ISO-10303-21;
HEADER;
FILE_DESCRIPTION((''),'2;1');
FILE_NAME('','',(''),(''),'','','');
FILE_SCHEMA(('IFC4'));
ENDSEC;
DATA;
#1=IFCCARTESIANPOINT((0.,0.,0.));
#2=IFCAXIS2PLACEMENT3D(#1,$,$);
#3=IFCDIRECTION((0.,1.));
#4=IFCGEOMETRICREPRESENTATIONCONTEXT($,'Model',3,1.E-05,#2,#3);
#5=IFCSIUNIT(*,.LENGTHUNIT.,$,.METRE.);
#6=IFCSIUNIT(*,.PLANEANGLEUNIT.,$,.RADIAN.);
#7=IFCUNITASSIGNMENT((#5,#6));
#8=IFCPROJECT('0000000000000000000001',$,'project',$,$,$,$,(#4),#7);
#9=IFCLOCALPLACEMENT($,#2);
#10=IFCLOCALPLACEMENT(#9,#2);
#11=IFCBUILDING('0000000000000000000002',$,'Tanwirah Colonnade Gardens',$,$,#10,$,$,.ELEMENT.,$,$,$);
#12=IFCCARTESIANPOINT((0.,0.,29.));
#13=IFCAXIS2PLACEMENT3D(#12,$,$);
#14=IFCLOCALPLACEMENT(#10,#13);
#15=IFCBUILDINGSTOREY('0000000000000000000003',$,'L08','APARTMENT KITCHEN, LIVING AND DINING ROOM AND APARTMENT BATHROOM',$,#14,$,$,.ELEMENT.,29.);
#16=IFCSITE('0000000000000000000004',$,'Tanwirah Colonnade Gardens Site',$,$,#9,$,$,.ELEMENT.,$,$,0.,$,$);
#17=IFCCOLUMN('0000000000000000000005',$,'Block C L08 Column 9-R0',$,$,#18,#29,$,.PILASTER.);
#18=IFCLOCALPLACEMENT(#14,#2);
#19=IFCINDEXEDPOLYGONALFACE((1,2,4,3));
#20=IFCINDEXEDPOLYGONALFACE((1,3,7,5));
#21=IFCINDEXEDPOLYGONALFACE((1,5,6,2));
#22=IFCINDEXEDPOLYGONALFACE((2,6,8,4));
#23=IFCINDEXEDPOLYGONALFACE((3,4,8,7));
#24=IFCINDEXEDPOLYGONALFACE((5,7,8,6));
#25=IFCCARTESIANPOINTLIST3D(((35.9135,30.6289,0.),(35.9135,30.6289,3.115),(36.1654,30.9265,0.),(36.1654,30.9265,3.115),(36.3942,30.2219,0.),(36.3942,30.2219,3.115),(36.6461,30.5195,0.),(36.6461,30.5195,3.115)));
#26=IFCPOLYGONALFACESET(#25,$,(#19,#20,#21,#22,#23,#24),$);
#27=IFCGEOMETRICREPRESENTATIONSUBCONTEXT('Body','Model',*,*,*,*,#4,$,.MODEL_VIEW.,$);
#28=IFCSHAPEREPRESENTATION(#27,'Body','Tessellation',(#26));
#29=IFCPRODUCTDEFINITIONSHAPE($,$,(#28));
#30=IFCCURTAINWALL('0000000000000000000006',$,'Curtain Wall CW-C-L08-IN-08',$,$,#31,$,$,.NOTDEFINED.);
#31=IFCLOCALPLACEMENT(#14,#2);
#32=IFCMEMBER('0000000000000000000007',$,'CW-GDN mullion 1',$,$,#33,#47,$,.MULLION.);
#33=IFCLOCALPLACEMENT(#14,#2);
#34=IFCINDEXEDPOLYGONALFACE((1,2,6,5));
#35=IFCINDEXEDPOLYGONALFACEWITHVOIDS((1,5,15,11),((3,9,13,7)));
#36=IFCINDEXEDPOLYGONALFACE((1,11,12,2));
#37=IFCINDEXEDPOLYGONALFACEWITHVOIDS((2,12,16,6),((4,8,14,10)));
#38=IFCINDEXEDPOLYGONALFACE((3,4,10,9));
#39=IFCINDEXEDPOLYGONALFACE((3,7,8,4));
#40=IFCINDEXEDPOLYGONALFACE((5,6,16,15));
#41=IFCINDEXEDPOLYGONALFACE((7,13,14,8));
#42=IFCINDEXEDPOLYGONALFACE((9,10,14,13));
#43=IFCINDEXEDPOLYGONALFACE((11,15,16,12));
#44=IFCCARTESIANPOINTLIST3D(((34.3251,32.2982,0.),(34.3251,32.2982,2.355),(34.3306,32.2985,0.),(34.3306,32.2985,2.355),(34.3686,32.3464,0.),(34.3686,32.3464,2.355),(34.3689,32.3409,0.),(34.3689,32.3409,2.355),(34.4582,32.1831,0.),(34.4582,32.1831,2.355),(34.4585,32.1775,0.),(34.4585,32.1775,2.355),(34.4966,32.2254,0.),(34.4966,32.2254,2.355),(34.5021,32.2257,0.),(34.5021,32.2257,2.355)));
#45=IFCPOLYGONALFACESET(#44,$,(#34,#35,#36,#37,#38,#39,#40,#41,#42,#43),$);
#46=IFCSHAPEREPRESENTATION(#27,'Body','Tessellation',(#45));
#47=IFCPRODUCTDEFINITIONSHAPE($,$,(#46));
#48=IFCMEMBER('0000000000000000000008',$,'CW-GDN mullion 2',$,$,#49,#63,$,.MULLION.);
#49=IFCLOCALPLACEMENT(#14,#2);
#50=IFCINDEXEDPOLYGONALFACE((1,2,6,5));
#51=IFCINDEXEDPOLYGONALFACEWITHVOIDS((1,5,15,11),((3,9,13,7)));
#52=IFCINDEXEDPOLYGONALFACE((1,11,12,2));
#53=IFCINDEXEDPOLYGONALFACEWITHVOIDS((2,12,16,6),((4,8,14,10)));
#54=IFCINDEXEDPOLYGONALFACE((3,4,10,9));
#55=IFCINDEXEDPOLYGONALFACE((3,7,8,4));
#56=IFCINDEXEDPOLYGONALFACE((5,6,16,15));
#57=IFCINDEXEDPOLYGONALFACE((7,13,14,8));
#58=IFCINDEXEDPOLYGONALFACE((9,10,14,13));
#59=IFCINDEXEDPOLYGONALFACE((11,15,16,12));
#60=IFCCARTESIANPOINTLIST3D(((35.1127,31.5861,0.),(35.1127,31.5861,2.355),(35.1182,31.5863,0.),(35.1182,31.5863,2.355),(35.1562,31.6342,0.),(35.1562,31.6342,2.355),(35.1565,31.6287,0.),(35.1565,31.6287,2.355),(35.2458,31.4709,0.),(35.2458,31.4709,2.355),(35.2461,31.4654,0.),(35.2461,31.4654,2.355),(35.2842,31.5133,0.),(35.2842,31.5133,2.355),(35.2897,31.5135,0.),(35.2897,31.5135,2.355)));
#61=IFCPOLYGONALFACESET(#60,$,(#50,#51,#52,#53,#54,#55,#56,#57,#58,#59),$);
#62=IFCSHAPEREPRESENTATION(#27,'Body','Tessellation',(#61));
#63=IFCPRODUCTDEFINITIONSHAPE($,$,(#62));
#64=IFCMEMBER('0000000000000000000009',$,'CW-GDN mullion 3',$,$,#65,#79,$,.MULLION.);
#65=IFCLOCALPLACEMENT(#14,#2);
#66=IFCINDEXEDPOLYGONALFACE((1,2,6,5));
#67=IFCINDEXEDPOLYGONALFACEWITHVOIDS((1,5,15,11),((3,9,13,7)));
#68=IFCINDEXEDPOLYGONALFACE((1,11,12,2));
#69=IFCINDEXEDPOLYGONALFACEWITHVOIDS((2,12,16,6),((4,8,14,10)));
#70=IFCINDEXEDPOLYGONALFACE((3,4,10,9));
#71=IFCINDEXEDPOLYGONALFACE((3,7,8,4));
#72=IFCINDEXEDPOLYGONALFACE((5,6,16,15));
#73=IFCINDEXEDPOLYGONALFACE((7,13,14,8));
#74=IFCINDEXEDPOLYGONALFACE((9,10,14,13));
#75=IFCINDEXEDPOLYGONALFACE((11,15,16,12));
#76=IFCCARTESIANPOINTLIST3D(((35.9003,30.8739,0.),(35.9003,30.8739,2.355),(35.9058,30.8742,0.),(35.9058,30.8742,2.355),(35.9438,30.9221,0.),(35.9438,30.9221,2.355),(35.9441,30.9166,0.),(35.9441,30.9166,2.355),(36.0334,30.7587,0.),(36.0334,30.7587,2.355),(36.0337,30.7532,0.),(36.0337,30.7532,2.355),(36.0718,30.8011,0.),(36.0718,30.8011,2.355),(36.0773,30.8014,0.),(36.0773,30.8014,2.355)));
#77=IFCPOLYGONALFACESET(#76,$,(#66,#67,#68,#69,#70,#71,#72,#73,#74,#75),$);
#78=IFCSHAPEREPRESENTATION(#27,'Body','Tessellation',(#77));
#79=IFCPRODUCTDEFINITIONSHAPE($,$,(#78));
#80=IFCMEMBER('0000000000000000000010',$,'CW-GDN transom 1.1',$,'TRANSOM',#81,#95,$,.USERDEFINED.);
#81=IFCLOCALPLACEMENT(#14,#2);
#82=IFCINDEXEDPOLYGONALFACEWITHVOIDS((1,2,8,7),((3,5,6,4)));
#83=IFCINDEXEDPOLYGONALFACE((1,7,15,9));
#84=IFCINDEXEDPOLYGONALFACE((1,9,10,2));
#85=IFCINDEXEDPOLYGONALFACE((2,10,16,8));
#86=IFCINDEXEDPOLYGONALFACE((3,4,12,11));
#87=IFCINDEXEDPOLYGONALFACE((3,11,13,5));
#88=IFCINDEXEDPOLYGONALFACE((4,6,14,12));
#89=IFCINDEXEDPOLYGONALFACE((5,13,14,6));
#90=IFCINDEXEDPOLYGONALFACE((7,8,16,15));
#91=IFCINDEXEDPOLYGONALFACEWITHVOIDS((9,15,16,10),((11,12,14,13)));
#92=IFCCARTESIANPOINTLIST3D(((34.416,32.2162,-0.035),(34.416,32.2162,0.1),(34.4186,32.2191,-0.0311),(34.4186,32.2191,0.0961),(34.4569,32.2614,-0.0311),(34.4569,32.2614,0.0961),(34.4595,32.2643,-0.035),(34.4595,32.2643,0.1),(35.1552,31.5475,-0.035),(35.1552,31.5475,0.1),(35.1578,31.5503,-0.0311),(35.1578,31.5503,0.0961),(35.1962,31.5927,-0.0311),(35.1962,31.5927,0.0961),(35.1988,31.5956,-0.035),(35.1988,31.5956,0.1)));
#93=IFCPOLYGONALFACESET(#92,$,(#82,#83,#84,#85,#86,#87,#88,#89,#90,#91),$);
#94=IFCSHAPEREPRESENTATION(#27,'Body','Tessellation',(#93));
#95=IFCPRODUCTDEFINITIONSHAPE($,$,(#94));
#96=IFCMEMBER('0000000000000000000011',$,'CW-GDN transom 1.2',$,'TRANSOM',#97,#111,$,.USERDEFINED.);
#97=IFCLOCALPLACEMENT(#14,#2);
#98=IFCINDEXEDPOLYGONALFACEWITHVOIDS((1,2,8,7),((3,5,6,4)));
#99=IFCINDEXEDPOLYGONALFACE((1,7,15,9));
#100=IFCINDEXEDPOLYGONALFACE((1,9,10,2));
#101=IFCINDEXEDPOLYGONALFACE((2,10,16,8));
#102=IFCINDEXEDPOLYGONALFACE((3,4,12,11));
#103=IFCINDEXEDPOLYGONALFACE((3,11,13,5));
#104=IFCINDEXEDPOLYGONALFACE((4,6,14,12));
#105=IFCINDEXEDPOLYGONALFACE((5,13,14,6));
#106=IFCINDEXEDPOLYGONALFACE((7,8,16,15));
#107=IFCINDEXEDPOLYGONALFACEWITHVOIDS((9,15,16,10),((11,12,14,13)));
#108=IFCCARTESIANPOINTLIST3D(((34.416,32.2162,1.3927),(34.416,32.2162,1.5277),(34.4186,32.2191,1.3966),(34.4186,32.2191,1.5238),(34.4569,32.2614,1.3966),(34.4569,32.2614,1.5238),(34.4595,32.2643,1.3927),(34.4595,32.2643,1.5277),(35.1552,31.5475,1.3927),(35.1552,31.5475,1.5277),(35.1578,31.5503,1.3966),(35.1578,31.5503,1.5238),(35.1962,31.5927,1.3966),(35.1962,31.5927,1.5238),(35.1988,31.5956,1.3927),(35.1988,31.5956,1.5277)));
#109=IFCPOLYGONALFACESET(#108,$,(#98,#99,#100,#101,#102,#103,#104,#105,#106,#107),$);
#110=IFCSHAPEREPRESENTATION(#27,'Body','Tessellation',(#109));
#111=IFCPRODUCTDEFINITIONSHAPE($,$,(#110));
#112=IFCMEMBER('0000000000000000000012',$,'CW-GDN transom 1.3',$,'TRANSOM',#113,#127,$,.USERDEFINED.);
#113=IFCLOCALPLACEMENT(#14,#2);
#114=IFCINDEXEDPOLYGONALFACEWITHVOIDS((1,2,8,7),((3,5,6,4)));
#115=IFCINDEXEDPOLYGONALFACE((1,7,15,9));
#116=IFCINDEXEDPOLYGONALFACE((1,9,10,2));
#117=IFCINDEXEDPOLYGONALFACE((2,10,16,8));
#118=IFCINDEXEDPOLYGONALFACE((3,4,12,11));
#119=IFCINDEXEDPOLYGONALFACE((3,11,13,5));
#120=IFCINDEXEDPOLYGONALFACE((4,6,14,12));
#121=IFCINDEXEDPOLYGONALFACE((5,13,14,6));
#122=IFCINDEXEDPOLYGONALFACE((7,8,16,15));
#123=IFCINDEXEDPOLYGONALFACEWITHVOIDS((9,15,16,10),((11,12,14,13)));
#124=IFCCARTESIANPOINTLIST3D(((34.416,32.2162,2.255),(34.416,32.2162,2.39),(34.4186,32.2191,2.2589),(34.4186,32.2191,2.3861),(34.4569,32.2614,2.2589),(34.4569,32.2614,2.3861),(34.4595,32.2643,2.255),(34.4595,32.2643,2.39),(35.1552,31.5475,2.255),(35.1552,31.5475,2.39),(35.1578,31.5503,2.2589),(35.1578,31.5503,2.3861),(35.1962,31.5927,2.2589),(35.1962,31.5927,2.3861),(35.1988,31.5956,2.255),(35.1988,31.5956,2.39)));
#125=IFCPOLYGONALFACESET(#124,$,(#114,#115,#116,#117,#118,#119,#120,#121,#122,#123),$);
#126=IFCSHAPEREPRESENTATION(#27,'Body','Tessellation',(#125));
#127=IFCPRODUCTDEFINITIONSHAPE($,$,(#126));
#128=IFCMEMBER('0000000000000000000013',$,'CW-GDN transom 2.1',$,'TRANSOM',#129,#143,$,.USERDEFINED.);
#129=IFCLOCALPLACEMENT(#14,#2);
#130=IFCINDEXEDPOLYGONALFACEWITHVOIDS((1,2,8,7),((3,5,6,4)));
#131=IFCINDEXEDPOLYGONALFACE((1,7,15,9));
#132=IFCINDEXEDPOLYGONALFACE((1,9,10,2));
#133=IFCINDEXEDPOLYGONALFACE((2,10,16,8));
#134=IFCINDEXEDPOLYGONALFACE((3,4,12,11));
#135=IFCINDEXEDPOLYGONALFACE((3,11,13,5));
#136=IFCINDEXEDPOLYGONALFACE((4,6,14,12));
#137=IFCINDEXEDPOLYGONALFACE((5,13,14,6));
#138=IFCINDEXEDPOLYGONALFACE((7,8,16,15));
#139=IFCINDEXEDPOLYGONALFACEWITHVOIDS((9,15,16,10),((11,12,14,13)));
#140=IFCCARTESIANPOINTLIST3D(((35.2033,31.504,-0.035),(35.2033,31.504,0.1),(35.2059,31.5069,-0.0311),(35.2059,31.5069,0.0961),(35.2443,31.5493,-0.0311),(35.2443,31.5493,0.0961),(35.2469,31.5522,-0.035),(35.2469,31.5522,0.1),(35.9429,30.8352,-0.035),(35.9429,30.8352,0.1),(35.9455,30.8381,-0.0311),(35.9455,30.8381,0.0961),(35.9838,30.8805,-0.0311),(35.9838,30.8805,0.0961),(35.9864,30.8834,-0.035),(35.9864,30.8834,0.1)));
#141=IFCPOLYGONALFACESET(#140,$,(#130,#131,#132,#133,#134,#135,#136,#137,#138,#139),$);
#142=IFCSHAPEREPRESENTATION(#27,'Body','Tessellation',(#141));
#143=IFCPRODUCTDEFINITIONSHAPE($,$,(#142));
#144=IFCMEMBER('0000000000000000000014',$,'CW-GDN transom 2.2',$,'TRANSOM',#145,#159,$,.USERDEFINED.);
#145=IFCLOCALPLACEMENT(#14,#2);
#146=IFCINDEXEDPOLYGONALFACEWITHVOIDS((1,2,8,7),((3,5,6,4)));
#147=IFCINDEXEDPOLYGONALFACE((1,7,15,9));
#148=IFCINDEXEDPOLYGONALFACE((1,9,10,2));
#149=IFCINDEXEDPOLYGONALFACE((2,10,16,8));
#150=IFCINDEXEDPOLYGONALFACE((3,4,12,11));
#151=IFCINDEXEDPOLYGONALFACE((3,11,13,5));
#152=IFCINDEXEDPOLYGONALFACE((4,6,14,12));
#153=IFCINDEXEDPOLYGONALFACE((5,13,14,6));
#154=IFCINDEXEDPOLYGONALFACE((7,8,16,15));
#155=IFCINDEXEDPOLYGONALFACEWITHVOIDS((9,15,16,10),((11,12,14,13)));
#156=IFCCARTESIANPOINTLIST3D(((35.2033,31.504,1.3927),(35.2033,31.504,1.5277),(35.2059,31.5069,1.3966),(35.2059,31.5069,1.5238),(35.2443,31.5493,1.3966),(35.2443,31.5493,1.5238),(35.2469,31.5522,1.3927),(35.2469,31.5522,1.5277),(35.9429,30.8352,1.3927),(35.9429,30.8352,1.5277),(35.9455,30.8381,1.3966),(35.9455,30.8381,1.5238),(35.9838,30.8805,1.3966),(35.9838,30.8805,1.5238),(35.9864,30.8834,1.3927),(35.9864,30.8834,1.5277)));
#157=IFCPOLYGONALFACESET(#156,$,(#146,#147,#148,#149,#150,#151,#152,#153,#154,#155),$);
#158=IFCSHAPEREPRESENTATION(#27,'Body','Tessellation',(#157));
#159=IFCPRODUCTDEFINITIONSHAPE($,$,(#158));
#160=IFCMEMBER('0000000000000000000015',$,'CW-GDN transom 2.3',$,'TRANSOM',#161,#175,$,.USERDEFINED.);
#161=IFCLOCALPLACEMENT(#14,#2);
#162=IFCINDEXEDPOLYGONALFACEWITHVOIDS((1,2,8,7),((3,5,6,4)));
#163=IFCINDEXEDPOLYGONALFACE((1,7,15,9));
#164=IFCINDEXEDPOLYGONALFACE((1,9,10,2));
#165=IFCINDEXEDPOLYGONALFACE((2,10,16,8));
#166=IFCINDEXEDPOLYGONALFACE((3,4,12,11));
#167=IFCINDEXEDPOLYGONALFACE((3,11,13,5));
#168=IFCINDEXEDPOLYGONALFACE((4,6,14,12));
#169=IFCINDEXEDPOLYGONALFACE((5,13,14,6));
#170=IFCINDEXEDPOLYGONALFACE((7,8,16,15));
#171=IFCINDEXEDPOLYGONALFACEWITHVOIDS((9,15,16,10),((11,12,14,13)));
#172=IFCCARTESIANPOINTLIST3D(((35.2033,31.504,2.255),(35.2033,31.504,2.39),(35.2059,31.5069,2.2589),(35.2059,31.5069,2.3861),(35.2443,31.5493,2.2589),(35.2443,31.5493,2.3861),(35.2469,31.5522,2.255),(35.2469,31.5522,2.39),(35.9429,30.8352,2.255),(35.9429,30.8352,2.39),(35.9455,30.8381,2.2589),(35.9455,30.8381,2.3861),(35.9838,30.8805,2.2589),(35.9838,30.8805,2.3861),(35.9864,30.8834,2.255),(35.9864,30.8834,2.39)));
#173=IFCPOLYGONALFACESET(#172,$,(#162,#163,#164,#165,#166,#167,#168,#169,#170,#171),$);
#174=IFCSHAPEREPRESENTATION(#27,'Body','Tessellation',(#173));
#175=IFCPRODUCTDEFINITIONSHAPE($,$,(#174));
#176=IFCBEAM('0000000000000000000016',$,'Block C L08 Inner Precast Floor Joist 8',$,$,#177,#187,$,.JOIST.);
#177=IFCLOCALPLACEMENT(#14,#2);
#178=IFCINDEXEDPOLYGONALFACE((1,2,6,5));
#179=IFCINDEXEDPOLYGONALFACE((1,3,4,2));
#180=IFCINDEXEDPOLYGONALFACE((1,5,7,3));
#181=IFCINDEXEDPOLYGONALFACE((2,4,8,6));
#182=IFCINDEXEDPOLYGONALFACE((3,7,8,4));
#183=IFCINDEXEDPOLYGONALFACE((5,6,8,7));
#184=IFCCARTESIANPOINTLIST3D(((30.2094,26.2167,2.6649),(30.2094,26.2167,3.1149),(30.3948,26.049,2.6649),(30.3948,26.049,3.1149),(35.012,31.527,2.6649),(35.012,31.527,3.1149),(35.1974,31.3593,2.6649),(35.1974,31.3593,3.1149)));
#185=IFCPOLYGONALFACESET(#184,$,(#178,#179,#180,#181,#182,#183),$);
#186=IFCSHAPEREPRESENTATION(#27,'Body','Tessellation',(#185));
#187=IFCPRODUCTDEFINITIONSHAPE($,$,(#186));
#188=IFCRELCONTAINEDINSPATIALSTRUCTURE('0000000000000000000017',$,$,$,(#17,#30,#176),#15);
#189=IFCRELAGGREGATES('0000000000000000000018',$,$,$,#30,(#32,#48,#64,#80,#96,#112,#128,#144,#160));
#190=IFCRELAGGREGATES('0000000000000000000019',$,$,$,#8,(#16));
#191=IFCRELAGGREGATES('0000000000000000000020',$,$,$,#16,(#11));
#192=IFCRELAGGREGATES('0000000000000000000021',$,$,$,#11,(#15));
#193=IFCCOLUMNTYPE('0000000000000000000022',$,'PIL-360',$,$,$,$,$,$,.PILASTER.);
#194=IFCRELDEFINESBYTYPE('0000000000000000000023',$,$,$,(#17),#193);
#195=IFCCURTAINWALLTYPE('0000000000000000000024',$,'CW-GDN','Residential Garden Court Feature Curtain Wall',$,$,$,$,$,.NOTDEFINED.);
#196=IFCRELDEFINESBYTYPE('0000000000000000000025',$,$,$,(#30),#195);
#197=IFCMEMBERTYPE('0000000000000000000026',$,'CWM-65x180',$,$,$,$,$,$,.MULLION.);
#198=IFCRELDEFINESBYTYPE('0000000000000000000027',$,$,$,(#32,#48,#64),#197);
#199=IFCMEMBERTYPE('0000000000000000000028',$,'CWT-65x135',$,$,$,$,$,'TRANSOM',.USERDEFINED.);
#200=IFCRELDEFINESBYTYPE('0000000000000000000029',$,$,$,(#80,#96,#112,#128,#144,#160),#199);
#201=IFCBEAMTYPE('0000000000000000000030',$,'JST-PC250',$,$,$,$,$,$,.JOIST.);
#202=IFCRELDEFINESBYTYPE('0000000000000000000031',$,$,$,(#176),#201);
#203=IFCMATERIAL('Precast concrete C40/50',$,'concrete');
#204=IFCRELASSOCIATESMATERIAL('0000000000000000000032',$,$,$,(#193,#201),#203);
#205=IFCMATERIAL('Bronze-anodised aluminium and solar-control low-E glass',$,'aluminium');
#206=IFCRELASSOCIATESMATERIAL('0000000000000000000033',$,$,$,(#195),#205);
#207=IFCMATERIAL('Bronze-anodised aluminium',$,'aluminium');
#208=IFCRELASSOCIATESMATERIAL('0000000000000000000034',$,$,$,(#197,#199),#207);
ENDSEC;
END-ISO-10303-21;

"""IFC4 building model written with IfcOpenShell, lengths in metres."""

from ifc_helpers import new_model, si_unit, direction, frame, origin, origin_2d, place, context, subcontext, project, spatial, rectangle, hollow_rectangle, extrude, material, material_profile, profile_set, type_object, element, aggregate, save


model = new_model("IFC4")

# Units and contexts
model_context = context("Model", 3, precision=1e-05, world=origin(), true_north=direction((0.0, 1.0)))
body_context = subcontext(model_context, "Body", "Model", "MODEL_VIEW")
ifc_project = project(units=[si_unit("LENGTHUNIT", "METRE"), si_unit("PLANEANGLEUNIT", "RADIAN")], contexts=[model_context])

# Site, building, storey
site_placement = place(None, origin())
site = spatial("IfcSite", under=ifc_project, at=site_placement, Name="Tanwirah Colonnade Gardens Site", CompositionType="ELEMENT", RefElevation=0.0)
building_placement = place(site_placement, origin())
building = spatial("IfcBuilding", under=site, at=building_placement, Name="Tanwirah Colonnade Gardens", CompositionType="ELEMENT")
storey_placement = place(building_placement, frame((0.0, 0.0, 29.0)))
storey = spatial("IfcBuildingStorey", under=building, at=storey_placement, Name="L08", Description="APARTMENT KITCHEN, LIVING AND DINING ROOM AND APARTMENT BATHROOM", CompositionType="ELEMENT", Elevation=29.0)

# Column
ifc_material_1 = material(Name="Precast concrete C40/50", Category="concrete")
ifc_material_profile_1 = material_profile(ifc_material_1, rectangle(XDim=0.3899, YDim=0.6299, at=origin_2d()), Name="PC-PIL 390x630")
ifc_profile_set_1 = profile_set([ifc_material_profile_1], Name="Precast concrete C40/50")
column_type = type_object("IfcColumnType", Name="PIL-360", PredefinedType="PILASTER", material=ifc_profile_set_1)
column_placement = place(storey_placement, frame((36.2798, 30.5742, 0.0), z_axis=(0.0, 0.0, 1.0), x_axis=(-0.646124, -0.763232, 0.0)))
element("IfcColumn", 1, at=column_placement, inside=storey, type_object=column_type, Name="Block C L08 Column 9-R0", PredefinedType="PILASTER", context=body_context, shape_type="SweptSolid", body=[
    extrude(rectangle(XDim=0.3899, YDim=0.6299, at=origin_2d()), origin(), (0.0, 0.0, 1.0), 3.115),
])

# Curtain wall, members
ifc_material_2 = material(Name="Bronze-anodised aluminium and solar-control low-E glass", Category="aluminium")
curtain_wall_type = type_object("IfcCurtainWallType", Name="CW-GDN", Description="Residential Garden Court Feature Curtain Wall", PredefinedType="NOTDEFINED", material=ifc_material_2)
curtain_wall_placement = place(storey_placement, origin())
curtain_wall = element("IfcCurtainWall", 2, at=curtain_wall_placement, inside=storey, type_object=curtain_wall_type, Name="Curtain Wall CW-C-L08-IN-08", PredefinedType="NOTDEFINED")
ifc_material_3 = material(Name="Bronze-anodised aluminium", Category="aluminium")
ifc_material_profile_2 = material_profile(ifc_material_3, hollow_rectangle(XDim=0.0649, YDim=0.1799, WallThickness=0.0039, at=origin_2d()), Name="CW-MUL 65x180x4")
ifc_profile_set_2 = profile_set([ifc_material_profile_2], Name="Bronze-anodised aluminium")
member_type_1 = type_object("IfcMemberType", Name="CWM-65x180", PredefinedType="MULLION", material=ifc_profile_set_2)
member_1_placement = place(storey_placement, frame((34.4136, 32.262, 0.0), z_axis=(0.0, 0.0, 1.0), x_axis=(0.670751, 0.741683, 0.0)))
member_1 = element("IfcMember", 3, at=member_1_placement, type_object=member_type_1, Name="CW-GDN mullion 1", PredefinedType="MULLION", context=body_context, shape_type="SweptSolid", body=[
    extrude(hollow_rectangle(XDim=0.0649, YDim=0.1799, WallThickness=0.0039, at=origin_2d()), origin(), (0.0, 0.0, 1.0), 2.355),
])
member_2_placement = place(storey_placement, frame((35.2012, 31.5498, 0.0), z_axis=(0.0, 0.0, 1.0), x_axis=(0.670751, 0.741683, 0.0)))
member_2 = element("IfcMember", 4, at=member_2_placement, type_object=member_type_1, Name="CW-GDN mullion 2", PredefinedType="MULLION", context=body_context, shape_type="SweptSolid", body=[
    extrude(hollow_rectangle(XDim=0.0649, YDim=0.1799, WallThickness=0.0039, at=origin_2d()), origin(), (0.0, 0.0, 1.0), 2.355),
])
member_3_placement = place(storey_placement, frame((35.9888, 30.8376, 0.0), z_axis=(0.0, 0.0, 1.0), x_axis=(0.670751, 0.741683, 0.0)))
member_3 = element("IfcMember", 5, at=member_3_placement, type_object=member_type_1, Name="CW-GDN mullion 3", PredefinedType="MULLION", context=body_context, shape_type="SweptSolid", body=[
    extrude(hollow_rectangle(XDim=0.0649, YDim=0.1799, WallThickness=0.0039, at=origin_2d()), origin(), (0.0, 0.0, 1.0), 2.355),
])
ifc_material_profile_3 = material_profile(ifc_material_3, hollow_rectangle(XDim=0.0649, YDim=0.135, WallThickness=0.0039, at=origin_2d()), Name="CW-TRN 65x135x4")
ifc_profile_set_3 = profile_set([ifc_material_profile_3], Name="Bronze-anodised aluminium")
member_type_2 = type_object("IfcMemberType", Name="CWT-65x135", ElementType="TRANSOM", PredefinedType="USERDEFINED", material=ifc_profile_set_3)
member_4_placement = place(storey_placement, frame((34.4377, 32.2402, 0.0325), z_axis=(0.741611, -0.67083, 0.0), x_axis=(0.67083, 0.741611, 0.0)))
member_4 = element("IfcMember", 6, at=member_4_placement, type_object=member_type_2, Name="CW-GDN transom 1.1", ObjectType="TRANSOM", PredefinedType="USERDEFINED", context=body_context, shape_type="SweptSolid", body=[
    extrude(hollow_rectangle(XDim=0.0649, YDim=0.135, WallThickness=0.0039, at=origin_2d()), origin(), (0.0, 0.0, 1.0), 0.9968),
])
member_5_placement = place(storey_placement, frame((34.4377, 32.2402, 1.4602), z_axis=(0.741611, -0.67083, 0.0), x_axis=(0.67083, 0.741611, 0.0)))
member_5 = element("IfcMember", 7, at=member_5_placement, type_object=member_type_2, Name="CW-GDN transom 1.2", ObjectType="TRANSOM", PredefinedType="USERDEFINED", context=body_context, shape_type="SweptSolid", body=[
    extrude(hollow_rectangle(XDim=0.0649, YDim=0.135, WallThickness=0.0039, at=origin_2d()), origin(), (0.0, 0.0, 1.0), 0.9968),
])
member_6_placement = place(storey_placement, frame((34.4377, 32.2402, 2.3225), z_axis=(0.741611, -0.67083, 0.0), x_axis=(0.67083, 0.741611, 0.0)))
member_6 = element("IfcMember", 8, at=member_6_placement, type_object=member_type_2, Name="CW-GDN transom 1.3", ObjectType="TRANSOM", PredefinedType="USERDEFINED", context=body_context, shape_type="SweptSolid", body=[
    extrude(hollow_rectangle(XDim=0.0649, YDim=0.135, WallThickness=0.0039, at=origin_2d()), origin(), (0.0, 0.0, 1.0), 0.9968),
])
member_7_placement = place(storey_placement, frame((35.2251, 31.5281, 0.0325), z_axis=(0.741721, -0.670708, 0.0), x_axis=(0.670708, 0.741721, 0.0)))
member_7 = element("IfcMember", 9, at=member_7_placement, type_object=member_type_2, Name="CW-GDN transom 2.1", ObjectType="TRANSOM", PredefinedType="USERDEFINED", context=body_context, shape_type="SweptSolid", body=[
    extrude(hollow_rectangle(XDim=0.0649, YDim=0.135, WallThickness=0.0039, at=origin_2d()), origin(), (0.0, 0.0, 1.0), 0.9971),
])
member_8_placement = place(storey_placement, frame((35.2251, 31.5281, 1.4602), z_axis=(0.741721, -0.670708, 0.0), x_axis=(0.670708, 0.741721, 0.0)))
member_8 = element("IfcMember", 10, at=member_8_placement, type_object=member_type_2, Name="CW-GDN transom 2.2", ObjectType="TRANSOM", PredefinedType="USERDEFINED", context=body_context, shape_type="SweptSolid", body=[
    extrude(hollow_rectangle(XDim=0.0649, YDim=0.135, WallThickness=0.0039, at=origin_2d()), origin(), (0.0, 0.0, 1.0), 0.9971),
])
member_9_placement = place(storey_placement, frame((35.2251, 31.5281, 2.3225), z_axis=(0.741721, -0.670708, 0.0), x_axis=(0.670708, 0.741721, 0.0)))
member_9 = element("IfcMember", 11, at=member_9_placement, type_object=member_type_2, Name="CW-GDN transom 2.3", ObjectType="TRANSOM", PredefinedType="USERDEFINED", context=body_context, shape_type="SweptSolid", body=[
    extrude(hollow_rectangle(XDim=0.0649, YDim=0.135, WallThickness=0.0039, at=origin_2d()), origin(), (0.0, 0.0, 1.0), 0.9971),
])

# Beam
ifc_material_profile_4 = material_profile(ifc_material_1, rectangle(XDim=0.25, YDim=0.45, at=origin_2d()), Name="PC-JST 250x450")
ifc_profile_set_4 = profile_set([ifc_material_profile_4], Name="Precast concrete C40/50")
beam_type_1 = type_object("IfcBeamType", Name="JST-PC250", PredefinedType="JOIST", material=ifc_profile_set_4)
for number, where, z_axis, x_axis, name in (
    (12, (35.1047, 31.4431, 2.8899), (-0.670773, -0.741663, 0.0), (0.741663, -0.670773, 0.0), "Block C L08 Inner Precast Floor Joist 8"),
):
    element("IfcBeam", number, at=place(storey_placement, frame(where, z_axis=z_axis, x_axis=x_axis)), inside=storey, type_object=beam_type_1, Name=name, PredefinedType="JOIST", context=body_context, shape_type="SweptSolid", body=[
        extrude(rectangle(XDim=0.25, YDim=0.45, at=origin_2d()), origin(), (0.0, 0.0, 1.0), 7.1599),
    ])

aggregate(curtain_wall, [member_1, member_2, member_3, member_4, member_5, member_6, member_7, member_8, member_9])

save(model, "model.ifc")
